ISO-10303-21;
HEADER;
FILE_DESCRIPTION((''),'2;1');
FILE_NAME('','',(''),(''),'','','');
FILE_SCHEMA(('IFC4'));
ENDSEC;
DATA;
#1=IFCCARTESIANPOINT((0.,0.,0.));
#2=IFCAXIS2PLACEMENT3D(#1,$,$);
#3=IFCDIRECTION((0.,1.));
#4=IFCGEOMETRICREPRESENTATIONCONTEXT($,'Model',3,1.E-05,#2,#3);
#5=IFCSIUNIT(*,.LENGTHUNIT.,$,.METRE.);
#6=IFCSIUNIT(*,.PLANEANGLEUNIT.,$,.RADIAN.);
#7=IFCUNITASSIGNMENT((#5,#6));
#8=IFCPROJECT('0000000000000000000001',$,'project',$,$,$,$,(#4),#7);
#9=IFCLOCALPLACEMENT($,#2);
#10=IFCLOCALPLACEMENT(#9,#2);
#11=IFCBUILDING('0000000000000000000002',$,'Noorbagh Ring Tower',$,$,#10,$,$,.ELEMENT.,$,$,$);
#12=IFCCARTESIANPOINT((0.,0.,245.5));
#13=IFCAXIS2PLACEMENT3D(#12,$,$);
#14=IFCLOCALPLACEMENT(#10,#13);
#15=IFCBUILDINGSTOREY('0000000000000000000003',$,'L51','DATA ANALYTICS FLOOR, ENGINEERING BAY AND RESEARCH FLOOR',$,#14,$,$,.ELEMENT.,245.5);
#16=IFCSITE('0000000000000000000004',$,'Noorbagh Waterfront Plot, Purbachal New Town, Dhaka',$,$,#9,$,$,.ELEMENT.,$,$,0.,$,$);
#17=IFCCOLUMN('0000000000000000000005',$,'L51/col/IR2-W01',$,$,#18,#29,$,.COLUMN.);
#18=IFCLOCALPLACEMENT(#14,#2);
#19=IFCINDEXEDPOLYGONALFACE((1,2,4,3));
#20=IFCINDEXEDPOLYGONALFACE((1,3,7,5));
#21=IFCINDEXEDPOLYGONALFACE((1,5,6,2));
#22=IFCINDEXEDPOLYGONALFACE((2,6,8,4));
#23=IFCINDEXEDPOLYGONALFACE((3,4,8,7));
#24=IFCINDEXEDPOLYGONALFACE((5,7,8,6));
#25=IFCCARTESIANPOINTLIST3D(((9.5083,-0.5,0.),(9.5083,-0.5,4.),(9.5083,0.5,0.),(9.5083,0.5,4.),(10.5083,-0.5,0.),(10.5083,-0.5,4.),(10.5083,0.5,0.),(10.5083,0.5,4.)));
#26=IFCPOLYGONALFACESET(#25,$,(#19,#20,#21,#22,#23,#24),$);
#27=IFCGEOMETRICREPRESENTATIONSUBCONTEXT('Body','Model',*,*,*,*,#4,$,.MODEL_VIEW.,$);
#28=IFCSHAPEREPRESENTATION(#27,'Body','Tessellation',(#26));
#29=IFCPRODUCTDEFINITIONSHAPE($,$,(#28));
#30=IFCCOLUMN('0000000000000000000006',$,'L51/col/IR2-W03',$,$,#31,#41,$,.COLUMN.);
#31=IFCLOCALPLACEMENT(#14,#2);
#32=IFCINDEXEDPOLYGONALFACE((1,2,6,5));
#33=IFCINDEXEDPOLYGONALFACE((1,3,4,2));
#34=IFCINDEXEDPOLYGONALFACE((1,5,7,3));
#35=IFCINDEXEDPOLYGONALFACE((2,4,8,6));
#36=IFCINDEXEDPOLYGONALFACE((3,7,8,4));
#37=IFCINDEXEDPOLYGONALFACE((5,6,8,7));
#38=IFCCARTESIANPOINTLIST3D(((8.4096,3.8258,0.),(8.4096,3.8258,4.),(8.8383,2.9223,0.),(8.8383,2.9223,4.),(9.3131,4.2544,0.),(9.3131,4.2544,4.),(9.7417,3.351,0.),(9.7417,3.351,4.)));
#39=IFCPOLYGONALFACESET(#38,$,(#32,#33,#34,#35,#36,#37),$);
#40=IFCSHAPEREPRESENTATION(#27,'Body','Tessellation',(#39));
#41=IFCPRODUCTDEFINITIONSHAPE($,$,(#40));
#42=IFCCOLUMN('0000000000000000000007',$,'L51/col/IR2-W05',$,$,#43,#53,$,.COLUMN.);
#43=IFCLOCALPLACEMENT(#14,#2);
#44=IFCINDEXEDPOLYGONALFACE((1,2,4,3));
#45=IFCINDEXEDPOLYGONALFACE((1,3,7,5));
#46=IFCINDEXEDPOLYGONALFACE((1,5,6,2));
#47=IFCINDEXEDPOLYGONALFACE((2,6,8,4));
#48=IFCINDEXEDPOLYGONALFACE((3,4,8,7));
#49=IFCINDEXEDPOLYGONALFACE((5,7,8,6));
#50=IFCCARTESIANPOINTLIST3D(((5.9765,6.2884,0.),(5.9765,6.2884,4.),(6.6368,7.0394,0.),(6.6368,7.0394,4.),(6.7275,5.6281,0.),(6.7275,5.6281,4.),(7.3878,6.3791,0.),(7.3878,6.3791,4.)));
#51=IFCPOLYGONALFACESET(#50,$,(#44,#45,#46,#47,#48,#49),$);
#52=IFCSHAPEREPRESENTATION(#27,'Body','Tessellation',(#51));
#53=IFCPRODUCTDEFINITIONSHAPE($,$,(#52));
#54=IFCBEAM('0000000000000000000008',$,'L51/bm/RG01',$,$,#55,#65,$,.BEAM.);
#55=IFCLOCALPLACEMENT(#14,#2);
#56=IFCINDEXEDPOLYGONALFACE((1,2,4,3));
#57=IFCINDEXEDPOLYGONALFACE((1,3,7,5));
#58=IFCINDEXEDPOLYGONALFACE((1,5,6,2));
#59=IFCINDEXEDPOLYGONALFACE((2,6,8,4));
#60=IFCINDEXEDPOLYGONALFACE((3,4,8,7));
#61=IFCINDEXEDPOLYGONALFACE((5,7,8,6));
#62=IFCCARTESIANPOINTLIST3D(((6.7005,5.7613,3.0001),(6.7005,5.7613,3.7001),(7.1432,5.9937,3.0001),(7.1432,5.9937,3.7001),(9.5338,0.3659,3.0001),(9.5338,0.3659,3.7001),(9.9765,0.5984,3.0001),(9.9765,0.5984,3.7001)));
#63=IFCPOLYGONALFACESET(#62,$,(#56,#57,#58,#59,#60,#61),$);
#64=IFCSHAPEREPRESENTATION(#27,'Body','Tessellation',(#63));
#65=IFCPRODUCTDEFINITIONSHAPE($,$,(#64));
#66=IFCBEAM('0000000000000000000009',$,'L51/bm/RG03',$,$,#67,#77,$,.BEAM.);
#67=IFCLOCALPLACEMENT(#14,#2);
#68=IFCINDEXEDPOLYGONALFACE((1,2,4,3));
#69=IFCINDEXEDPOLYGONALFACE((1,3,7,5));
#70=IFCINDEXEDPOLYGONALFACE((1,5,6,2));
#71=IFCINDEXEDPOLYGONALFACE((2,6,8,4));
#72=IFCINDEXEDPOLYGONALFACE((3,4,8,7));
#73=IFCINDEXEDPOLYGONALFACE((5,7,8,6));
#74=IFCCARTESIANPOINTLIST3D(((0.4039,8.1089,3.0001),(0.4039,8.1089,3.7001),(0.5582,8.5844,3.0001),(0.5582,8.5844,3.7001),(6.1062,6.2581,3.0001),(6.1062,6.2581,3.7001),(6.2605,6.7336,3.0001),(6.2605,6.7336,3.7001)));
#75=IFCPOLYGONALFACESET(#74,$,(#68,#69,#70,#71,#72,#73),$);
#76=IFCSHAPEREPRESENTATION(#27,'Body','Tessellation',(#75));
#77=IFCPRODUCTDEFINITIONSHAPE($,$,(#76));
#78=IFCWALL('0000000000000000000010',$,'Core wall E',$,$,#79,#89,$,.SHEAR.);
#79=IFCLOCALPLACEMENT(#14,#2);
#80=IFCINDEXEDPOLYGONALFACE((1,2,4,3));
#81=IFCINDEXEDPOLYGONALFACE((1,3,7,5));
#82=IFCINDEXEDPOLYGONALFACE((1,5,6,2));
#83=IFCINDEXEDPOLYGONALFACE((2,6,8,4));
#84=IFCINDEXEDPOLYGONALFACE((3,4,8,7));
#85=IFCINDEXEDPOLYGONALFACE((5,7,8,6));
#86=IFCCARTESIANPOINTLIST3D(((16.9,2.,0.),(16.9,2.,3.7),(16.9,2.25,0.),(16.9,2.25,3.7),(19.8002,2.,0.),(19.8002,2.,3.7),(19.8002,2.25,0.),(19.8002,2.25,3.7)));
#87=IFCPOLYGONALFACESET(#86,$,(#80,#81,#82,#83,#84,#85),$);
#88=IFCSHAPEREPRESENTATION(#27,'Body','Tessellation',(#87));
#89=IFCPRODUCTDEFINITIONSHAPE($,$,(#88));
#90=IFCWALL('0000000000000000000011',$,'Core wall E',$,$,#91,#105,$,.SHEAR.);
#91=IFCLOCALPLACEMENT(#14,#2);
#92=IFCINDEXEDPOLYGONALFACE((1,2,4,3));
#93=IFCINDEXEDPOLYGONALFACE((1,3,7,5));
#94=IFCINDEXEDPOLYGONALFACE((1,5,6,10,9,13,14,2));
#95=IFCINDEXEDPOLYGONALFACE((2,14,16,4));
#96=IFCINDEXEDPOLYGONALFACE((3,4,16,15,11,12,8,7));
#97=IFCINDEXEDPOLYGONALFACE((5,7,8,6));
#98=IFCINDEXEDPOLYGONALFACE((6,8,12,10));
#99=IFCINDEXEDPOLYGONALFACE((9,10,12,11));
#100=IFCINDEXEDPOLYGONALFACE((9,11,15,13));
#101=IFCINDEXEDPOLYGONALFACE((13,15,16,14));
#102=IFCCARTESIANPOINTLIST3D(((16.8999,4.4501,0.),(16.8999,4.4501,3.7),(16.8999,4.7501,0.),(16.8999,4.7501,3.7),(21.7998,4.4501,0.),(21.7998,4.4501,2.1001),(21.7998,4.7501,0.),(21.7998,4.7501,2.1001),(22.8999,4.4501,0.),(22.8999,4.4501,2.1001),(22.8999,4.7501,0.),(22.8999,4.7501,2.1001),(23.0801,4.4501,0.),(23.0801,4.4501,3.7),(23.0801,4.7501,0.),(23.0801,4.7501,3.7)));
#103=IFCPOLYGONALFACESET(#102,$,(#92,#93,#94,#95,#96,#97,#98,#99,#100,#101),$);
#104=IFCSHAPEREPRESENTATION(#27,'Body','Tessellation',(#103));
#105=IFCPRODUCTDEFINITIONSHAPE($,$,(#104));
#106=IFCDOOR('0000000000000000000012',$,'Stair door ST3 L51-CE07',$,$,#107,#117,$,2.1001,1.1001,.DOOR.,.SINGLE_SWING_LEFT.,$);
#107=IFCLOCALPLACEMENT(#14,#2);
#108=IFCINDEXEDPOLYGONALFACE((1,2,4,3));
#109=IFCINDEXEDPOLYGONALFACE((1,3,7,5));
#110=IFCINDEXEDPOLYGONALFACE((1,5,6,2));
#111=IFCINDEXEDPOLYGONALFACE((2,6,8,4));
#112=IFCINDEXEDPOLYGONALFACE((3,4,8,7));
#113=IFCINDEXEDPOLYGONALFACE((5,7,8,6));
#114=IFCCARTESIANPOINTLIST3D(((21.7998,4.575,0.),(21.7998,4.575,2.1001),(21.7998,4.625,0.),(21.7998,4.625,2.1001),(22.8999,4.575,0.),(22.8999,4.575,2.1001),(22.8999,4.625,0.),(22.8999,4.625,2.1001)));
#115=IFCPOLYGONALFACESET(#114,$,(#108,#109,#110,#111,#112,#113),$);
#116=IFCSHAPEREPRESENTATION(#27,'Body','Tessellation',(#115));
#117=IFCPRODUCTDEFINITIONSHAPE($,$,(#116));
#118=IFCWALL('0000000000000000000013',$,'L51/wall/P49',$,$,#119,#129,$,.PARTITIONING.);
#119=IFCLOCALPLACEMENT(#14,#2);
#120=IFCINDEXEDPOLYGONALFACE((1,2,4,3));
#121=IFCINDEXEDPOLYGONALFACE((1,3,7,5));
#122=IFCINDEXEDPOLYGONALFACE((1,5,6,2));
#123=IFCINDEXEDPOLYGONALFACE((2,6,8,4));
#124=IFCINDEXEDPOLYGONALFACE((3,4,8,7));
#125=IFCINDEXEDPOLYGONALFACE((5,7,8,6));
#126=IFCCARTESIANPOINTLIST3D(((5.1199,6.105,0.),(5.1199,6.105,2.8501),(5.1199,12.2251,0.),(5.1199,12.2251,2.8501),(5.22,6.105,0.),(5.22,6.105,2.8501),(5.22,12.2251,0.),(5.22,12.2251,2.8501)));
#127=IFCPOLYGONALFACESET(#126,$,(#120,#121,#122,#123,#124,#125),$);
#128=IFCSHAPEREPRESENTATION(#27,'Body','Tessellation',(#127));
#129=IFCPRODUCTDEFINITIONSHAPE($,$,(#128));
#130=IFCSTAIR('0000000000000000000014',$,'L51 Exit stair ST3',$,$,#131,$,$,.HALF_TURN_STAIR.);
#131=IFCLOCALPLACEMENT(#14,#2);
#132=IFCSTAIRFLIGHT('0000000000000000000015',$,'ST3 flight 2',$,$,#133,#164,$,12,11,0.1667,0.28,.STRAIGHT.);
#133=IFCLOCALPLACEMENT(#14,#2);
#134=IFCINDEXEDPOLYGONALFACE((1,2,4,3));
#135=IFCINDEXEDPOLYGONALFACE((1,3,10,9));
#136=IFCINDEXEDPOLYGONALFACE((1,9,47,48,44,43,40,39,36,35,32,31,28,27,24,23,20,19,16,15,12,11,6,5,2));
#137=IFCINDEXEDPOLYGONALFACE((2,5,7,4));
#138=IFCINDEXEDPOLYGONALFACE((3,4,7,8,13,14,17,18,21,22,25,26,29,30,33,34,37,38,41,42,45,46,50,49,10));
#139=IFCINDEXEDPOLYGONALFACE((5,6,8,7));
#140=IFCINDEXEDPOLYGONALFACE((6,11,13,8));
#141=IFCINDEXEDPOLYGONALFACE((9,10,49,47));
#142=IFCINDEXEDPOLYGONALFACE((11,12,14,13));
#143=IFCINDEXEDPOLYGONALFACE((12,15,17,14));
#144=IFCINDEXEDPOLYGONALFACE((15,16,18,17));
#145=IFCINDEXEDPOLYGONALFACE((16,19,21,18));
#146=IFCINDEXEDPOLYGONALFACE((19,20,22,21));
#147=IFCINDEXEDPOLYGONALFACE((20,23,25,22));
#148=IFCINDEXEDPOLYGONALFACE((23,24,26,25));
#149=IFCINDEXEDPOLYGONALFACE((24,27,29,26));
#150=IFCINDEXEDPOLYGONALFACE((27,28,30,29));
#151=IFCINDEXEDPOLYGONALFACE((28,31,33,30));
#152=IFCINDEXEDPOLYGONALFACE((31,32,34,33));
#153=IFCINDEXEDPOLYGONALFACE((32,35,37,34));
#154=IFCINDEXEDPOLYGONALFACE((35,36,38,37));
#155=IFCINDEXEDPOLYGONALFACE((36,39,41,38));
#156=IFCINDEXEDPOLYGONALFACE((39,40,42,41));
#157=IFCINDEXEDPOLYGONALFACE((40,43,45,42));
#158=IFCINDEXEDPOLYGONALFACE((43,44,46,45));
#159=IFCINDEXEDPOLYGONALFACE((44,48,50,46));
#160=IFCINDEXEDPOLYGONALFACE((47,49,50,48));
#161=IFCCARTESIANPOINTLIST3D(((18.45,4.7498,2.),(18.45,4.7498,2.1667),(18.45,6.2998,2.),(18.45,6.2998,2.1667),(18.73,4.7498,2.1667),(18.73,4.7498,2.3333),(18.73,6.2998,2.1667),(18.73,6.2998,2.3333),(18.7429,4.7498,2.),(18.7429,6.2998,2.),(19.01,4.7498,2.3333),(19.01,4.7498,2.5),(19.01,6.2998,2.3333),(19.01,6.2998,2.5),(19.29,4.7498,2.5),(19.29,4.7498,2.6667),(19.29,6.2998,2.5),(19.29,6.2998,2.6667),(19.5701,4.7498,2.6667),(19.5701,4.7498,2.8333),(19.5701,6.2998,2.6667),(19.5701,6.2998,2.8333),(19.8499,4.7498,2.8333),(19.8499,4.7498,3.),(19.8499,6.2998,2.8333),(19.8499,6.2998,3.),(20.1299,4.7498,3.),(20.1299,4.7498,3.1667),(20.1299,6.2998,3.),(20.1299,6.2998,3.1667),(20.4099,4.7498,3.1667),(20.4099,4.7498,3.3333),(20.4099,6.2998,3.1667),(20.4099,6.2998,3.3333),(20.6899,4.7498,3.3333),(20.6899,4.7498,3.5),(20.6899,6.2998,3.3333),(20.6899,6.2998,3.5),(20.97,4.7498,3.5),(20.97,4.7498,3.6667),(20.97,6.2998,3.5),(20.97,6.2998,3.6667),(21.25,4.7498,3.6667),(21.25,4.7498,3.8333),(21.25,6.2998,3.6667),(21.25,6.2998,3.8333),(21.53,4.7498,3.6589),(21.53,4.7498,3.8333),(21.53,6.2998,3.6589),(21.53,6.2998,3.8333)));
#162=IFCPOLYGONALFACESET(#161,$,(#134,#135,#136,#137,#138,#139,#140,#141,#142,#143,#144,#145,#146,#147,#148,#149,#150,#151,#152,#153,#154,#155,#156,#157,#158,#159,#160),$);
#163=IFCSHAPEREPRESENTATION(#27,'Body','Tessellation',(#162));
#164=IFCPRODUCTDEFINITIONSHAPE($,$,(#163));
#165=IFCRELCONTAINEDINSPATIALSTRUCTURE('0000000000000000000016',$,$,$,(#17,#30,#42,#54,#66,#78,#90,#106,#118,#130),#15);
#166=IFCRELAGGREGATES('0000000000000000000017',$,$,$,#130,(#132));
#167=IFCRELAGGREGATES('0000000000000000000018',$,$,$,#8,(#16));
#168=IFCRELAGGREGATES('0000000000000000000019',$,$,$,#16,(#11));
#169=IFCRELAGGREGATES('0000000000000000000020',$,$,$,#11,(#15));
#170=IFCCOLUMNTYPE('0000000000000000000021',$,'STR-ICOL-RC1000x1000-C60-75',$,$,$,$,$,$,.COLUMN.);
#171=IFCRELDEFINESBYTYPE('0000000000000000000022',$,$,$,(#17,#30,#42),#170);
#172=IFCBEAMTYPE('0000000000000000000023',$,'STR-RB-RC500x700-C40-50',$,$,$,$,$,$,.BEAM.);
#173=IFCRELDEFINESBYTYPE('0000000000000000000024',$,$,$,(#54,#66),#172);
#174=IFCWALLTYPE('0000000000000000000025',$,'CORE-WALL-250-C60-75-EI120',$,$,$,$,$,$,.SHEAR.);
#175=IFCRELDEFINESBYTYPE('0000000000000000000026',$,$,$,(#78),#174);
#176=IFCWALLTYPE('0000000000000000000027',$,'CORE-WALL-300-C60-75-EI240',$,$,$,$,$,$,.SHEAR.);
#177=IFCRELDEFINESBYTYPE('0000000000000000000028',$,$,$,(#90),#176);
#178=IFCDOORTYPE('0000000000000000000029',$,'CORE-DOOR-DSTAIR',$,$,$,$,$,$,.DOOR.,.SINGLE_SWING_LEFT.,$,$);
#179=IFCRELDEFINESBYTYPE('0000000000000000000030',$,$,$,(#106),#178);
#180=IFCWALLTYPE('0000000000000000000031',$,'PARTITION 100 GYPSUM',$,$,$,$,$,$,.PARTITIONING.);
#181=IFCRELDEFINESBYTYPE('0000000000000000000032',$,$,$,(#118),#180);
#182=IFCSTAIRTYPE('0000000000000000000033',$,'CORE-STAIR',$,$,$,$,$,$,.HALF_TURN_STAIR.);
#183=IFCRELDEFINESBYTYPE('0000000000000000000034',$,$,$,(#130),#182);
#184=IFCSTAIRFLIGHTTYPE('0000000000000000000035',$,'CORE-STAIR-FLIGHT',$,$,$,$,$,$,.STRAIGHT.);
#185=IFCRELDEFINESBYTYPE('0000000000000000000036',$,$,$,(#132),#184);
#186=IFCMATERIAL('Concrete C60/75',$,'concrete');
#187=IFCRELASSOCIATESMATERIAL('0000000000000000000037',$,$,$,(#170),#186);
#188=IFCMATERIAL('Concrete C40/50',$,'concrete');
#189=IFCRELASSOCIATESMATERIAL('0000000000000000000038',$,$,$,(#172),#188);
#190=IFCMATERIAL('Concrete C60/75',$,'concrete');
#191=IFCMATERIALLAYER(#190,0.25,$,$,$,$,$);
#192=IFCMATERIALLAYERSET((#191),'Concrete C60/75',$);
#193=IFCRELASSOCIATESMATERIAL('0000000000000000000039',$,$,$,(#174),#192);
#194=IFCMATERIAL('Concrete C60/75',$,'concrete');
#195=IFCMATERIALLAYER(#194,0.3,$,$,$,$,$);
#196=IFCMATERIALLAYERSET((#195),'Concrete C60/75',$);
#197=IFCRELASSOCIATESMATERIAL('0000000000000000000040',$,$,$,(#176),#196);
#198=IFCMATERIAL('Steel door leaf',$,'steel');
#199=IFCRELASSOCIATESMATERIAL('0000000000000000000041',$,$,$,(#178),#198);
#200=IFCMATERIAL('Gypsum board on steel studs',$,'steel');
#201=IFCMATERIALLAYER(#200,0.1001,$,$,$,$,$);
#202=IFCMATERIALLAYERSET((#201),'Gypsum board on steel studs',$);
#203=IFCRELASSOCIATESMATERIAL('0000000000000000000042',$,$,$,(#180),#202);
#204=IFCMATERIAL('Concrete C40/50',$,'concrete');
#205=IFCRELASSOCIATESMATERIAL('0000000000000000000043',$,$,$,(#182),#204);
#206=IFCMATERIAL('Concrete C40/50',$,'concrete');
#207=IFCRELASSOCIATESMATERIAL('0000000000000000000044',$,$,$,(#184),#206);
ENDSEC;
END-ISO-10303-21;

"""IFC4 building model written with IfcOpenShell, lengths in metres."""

from ifc_helpers import new_model, si_unit, direction, frame, frame_2d, origin, origin_2d, place, context, subcontext, project, spatial, polyline, rectangle, outline, extrude, material, layer, layer_set, material_profile, profile_set, type_object, element, fill, aggregate, save


model = new_model("IFC4")

# Units and contexts
model_context = context("Model", 3, precision=1e-05, world=origin(), true_north=direction((0.0, 1.0)))
body_context = subcontext(model_context, "Body", "Model", "MODEL_VIEW")
ifc_project = project(units=[si_unit("LENGTHUNIT", "METRE"), si_unit("PLANEANGLEUNIT", "RADIAN")], contexts=[model_context])

# Site, building, storey
site_placement = place(None, origin())
site = spatial("IfcSite", under=ifc_project, at=site_placement, Name="Noorbagh Waterfront Plot, Purbachal New Town, Dhaka", CompositionType="ELEMENT", RefElevation=0.0)
building_placement = place(site_placement, origin())
building = spatial("IfcBuilding", under=site, at=building_placement, Name="Noorbagh Ring Tower", CompositionType="ELEMENT")
storey_placement = place(building_placement, frame((0.0, 0.0, 245.5)))
storey = spatial("IfcBuildingStorey", under=building, at=storey_placement, Name="L51", Description="DATA ANALYTICS FLOOR, ENGINEERING BAY AND RESEARCH FLOOR", CompositionType="ELEMENT", Elevation=245.5)

# Columns
ifc_material_1 = material(Name="Concrete C60/75", Category="concrete")
ifc_material_profile_1 = material_profile(ifc_material_1, rectangle(XDim=1.0, YDim=1.0, at=origin_2d()), Name="RC1000x1000")
ifc_profile_set_1 = profile_set([ifc_material_profile_1], Name="Concrete C60/75")
column_type = type_object("IfcColumnType", Name="STR-ICOL-RC1000x1000-C60-75", PredefinedType="COLUMN", material=ifc_profile_set_1)
for number, where, z_axis, x_axis, name in (
    (1, (10.0083, 0.0, 0.0), (0.0, 0.0, 1.0), (0.0, 1.0, 0.0), "L51/col/IR2-W01"),
    (2, (9.0757, 3.5884, 0.0), (0.0, 0.0, 1.0), (-0.428667, 0.903463, 0.0), "L51/col/IR2-W03"),
    (3, (6.6821, 6.3337, 0.0), (0.0, 0.0, 1.0), (-0.751022, 0.660277, 0.0), "L51/col/IR2-W05"),
):
    element("IfcColumn", number, at=place(storey_placement, frame(where, z_axis=z_axis, x_axis=x_axis)), inside=storey, type_object=column_type, Name=name, PredefinedType="COLUMN", context=body_context, shape_type="SweptSolid", body=[
        extrude(rectangle(XDim=1.0, YDim=1.0, at=origin_2d()), origin(), (0.0, 0.0, 1.0), 4.0),
    ])

# Beams
ifc_material_2 = material(Name="Concrete C40/50", Category="concrete")
ifc_material_profile_2 = material_profile(ifc_material_2, rectangle(XDim=0.5, YDim=0.7, at=origin_2d()), Name="RC500x700")
ifc_profile_set_2 = profile_set([ifc_material_profile_2], Name="Concrete C40/50")
beam_type = type_object("IfcBeamType", Name="STR-RB-RC500x700-C40-50", PredefinedType="BEAM", material=ifc_profile_set_2)
beam_1_placement = place(storey_placement, frame((9.7551, 0.4822, 3.3501), z_axis=(-0.464929, 0.885348, 0.0), x_axis=(-0.885348, -0.464929, 0.0)))
element("IfcBeam", 4, at=beam_1_placement, inside=storey, type_object=beam_type, Name="L51/bm/RG01", PredefinedType="BEAM", context=body_context, shape_type="SweptSolid", body=[
    extrude(rectangle(XDim=0.5, YDim=0.7, at=origin_2d()), origin(), (0.0, 0.0, 1.0), 6.094),
])
beam_2_placement = place(storey_placement, frame((6.1833, 6.4958, 3.3501), z_axis=(-0.951154, 0.308717, 0.0), x_axis=(-0.308717, -0.951154, 0.0)))
element("IfcBeam", 5, at=beam_2_placement, inside=storey, type_object=beam_type, Name="L51/bm/RG03", PredefinedType="BEAM", context=body_context, shape_type="SweptSolid", body=[
    extrude(rectangle(XDim=0.5, YDim=0.7, at=origin_2d()), origin(), (0.0, 0.0, 1.0), 5.9951),
])

# Wall
ifc_material_3 = material(Name="Concrete C60/75", Category="concrete")
ifc_layer_1 = layer(ifc_material_3, 0.25)
ifc_layer_set_1 = layer_set([ifc_layer_1], Name="Concrete C60/75")
wall_type_1 = type_object("IfcWallType", Name="CORE-WALL-250-C60-75-EI120", PredefinedType="SHEAR", material=ifc_layer_set_1)
wall_1_placement = place(storey_placement, frame((16.8999, 2.125, 0.0), z_axis=(0.0, 0.0, 1.0), x_axis=(1.0, 0.0, 0.0)))
element("IfcWall", 6, at=wall_1_placement, inside=storey, type_object=wall_type_1, Name="Core wall E", PredefinedType="SHEAR", context=body_context, shape_type="SweptSolid", body=[
    extrude(rectangle(XDim=2.9001, YDim=0.25, at=frame_2d((1.4502, 0.0))), origin(), (0.0, 0.0, 1.0), 3.7),
])

# Wall, opening, door
ifc_material_4 = material(Name="Concrete C60/75", Category="concrete")
ifc_layer_2 = layer(ifc_material_4, 0.3)
ifc_layer_set_2 = layer_set([ifc_layer_2], Name="Concrete C60/75")
wall_type_2 = type_object("IfcWallType", Name="CORE-WALL-300-C60-75-EI240", PredefinedType="SHEAR", material=ifc_layer_set_2)
wall_2_placement = place(storey_placement, frame((16.8999, 4.6001, 0.0), z_axis=(0.0, 0.0, 1.0), x_axis=(1.0, 0.0, 0.0)))
wall_2 = element("IfcWall", 7, at=wall_2_placement, inside=storey, type_object=wall_type_2, Name="Core wall E", PredefinedType="SHEAR", context=body_context, shape_type="SweptSolid", body=[
    extrude(rectangle(XDim=6.1802, YDim=0.3, at=frame_2d((3.0901, 0.0))), origin(), (0.0, 0.0, 1.0), 3.7),
])
opening_placement = place(wall_2_placement, frame((4.8999, 0.0, 0.0)))
opening = element("IfcOpeningElement", 8, at=opening_placement, cuts=wall_2, PredefinedType="OPENING", context=body_context, shape_type="SweptSolid", body=[
    extrude(rectangle(XDim=1.1001, YDim=2.1001, at=frame_2d((0.55, 1.05))), frame((0.0, 0.1602, 0.0), z_axis=(0.0, -1.0, 0.0), x_axis=(1.0, 0.0, 0.0)), (0.0, 0.0, 1.0), 0.3201),
])
ifc_material_5 = material(Name="Steel door leaf", Category="steel")
door_type = type_object("IfcDoorType", Name="CORE-DOOR-DSTAIR", OperationType="SINGLE_SWING_LEFT", PredefinedType="DOOR", material=ifc_material_5)
door_placement = place(opening_placement, origin())
door = element("IfcDoor", 9, at=door_placement, inside=storey, type_object=door_type, Name="Stair door ST3 L51-CE07", OperationType="SINGLE_SWING_LEFT", OverallHeight=2.1001, OverallWidth=1.1001, PredefinedType="DOOR", context=body_context, shape_type="SweptSolid", body=[
    extrude(rectangle(XDim=1.1001, YDim=2.1001, at=frame_2d((0.55, 1.05))), frame((0.0, 0.0249, 0.0), z_axis=(0.0, -1.0, 0.0), x_axis=(1.0, 0.0, 0.0)), (0.0, 0.0, 1.0), 0.05),
])
fill(opening, door)

# Wall
ifc_material_6 = material(Name="Gypsum board on steel studs", Category="steel")
ifc_layer_3 = layer(ifc_material_6, 0.1001)
ifc_layer_set_3 = layer_set([ifc_layer_3], Name="Gypsum board on steel studs")
wall_type_3 = type_object("IfcWallType", Name="PARTITION 100 GYPSUM", PredefinedType="PARTITIONING", material=ifc_layer_set_3)
wall_3_placement = place(storey_placement, frame((5.1699, 6.105, 0.0), z_axis=(0.0, 0.0, 1.0), x_axis=(0.0, 1.0, 0.0)))
element("IfcWall", 10, at=wall_3_placement, inside=storey, type_object=wall_type_3, Name="L51/wall/P49", PredefinedType="PARTITIONING", context=body_context, shape_type="SweptSolid", body=[
    extrude(rectangle(XDim=6.1201, YDim=0.1001, at=frame_2d((3.0601, 0.0))), origin(), (0.0, 0.0, 1.0), 2.8501),
])

# Stair, stair flight
ifc_material_7 = material(Name="Concrete C40/50", Category="concrete")
stair_type = type_object("IfcStairType", Name="CORE-STAIR", PredefinedType="HALF_TURN_STAIR", material=ifc_material_7)
stair_placement = place(storey_placement, origin())
stair = element("IfcStair", 11, at=stair_placement, inside=storey, type_object=stair_type, Name="L51 Exit stair ST3", PredefinedType="HALF_TURN_STAIR")
ifc_material_8 = material(Name="Concrete C40/50", Category="concrete")
stair_flight_type = type_object("IfcStairFlightType", Name="CORE-STAIR-FLIGHT", PredefinedType="STRAIGHT", material=ifc_material_8)
stair_flight_placement = place(storey_placement, frame((18.45, 5.5249, 2.0), z_axis=(0.0, 0.0, 1.0), x_axis=(1.0, 0.0, 0.0)))
stair_flight = element("IfcStairFlight", 12, at=stair_flight_placement, type_object=stair_flight_type, Name="ST3 flight 2", NumberOfRisers=12, NumberOfTreads=11, PredefinedType="STRAIGHT", RiserHeight=0.1667, TreadLength=0.28, context=body_context, shape_type="SweptSolid", body=[
    extrude(outline(polyline([(0.0, 0.0), (0.0, 0.1667), (0.28, 0.1667), (0.28, 0.3333), (0.5601, 0.3333), (0.5601, 0.5), (0.8401, 0.5), (0.8401, 0.6667), (1.1201, 0.6667), (1.1201, 0.8333), (1.3999, 0.8333), (1.3999, 1.0), (1.6799, 1.0), (1.6799, 1.1667), (1.96, 1.1667), (1.96, 1.3333), (2.24, 1.3333), (2.24, 1.5), (2.52, 1.5), (2.52, 1.6667), (2.8, 1.6667), (2.8, 1.8333), (3.0801, 1.8333), (3.0801, 2.0), (3.0801, 1.6589), (0.293, 0.0), (0.0, 0.0)])), frame((0.0, 0.7749, 0.0), z_axis=(0.0, -1.0, 0.0), x_axis=(1.0, 0.0, 0.0)), (0.0, 0.0, 1.0), 1.55),
])
aggregate(stair, [stair_flight])

save(model, "model.ifc")
